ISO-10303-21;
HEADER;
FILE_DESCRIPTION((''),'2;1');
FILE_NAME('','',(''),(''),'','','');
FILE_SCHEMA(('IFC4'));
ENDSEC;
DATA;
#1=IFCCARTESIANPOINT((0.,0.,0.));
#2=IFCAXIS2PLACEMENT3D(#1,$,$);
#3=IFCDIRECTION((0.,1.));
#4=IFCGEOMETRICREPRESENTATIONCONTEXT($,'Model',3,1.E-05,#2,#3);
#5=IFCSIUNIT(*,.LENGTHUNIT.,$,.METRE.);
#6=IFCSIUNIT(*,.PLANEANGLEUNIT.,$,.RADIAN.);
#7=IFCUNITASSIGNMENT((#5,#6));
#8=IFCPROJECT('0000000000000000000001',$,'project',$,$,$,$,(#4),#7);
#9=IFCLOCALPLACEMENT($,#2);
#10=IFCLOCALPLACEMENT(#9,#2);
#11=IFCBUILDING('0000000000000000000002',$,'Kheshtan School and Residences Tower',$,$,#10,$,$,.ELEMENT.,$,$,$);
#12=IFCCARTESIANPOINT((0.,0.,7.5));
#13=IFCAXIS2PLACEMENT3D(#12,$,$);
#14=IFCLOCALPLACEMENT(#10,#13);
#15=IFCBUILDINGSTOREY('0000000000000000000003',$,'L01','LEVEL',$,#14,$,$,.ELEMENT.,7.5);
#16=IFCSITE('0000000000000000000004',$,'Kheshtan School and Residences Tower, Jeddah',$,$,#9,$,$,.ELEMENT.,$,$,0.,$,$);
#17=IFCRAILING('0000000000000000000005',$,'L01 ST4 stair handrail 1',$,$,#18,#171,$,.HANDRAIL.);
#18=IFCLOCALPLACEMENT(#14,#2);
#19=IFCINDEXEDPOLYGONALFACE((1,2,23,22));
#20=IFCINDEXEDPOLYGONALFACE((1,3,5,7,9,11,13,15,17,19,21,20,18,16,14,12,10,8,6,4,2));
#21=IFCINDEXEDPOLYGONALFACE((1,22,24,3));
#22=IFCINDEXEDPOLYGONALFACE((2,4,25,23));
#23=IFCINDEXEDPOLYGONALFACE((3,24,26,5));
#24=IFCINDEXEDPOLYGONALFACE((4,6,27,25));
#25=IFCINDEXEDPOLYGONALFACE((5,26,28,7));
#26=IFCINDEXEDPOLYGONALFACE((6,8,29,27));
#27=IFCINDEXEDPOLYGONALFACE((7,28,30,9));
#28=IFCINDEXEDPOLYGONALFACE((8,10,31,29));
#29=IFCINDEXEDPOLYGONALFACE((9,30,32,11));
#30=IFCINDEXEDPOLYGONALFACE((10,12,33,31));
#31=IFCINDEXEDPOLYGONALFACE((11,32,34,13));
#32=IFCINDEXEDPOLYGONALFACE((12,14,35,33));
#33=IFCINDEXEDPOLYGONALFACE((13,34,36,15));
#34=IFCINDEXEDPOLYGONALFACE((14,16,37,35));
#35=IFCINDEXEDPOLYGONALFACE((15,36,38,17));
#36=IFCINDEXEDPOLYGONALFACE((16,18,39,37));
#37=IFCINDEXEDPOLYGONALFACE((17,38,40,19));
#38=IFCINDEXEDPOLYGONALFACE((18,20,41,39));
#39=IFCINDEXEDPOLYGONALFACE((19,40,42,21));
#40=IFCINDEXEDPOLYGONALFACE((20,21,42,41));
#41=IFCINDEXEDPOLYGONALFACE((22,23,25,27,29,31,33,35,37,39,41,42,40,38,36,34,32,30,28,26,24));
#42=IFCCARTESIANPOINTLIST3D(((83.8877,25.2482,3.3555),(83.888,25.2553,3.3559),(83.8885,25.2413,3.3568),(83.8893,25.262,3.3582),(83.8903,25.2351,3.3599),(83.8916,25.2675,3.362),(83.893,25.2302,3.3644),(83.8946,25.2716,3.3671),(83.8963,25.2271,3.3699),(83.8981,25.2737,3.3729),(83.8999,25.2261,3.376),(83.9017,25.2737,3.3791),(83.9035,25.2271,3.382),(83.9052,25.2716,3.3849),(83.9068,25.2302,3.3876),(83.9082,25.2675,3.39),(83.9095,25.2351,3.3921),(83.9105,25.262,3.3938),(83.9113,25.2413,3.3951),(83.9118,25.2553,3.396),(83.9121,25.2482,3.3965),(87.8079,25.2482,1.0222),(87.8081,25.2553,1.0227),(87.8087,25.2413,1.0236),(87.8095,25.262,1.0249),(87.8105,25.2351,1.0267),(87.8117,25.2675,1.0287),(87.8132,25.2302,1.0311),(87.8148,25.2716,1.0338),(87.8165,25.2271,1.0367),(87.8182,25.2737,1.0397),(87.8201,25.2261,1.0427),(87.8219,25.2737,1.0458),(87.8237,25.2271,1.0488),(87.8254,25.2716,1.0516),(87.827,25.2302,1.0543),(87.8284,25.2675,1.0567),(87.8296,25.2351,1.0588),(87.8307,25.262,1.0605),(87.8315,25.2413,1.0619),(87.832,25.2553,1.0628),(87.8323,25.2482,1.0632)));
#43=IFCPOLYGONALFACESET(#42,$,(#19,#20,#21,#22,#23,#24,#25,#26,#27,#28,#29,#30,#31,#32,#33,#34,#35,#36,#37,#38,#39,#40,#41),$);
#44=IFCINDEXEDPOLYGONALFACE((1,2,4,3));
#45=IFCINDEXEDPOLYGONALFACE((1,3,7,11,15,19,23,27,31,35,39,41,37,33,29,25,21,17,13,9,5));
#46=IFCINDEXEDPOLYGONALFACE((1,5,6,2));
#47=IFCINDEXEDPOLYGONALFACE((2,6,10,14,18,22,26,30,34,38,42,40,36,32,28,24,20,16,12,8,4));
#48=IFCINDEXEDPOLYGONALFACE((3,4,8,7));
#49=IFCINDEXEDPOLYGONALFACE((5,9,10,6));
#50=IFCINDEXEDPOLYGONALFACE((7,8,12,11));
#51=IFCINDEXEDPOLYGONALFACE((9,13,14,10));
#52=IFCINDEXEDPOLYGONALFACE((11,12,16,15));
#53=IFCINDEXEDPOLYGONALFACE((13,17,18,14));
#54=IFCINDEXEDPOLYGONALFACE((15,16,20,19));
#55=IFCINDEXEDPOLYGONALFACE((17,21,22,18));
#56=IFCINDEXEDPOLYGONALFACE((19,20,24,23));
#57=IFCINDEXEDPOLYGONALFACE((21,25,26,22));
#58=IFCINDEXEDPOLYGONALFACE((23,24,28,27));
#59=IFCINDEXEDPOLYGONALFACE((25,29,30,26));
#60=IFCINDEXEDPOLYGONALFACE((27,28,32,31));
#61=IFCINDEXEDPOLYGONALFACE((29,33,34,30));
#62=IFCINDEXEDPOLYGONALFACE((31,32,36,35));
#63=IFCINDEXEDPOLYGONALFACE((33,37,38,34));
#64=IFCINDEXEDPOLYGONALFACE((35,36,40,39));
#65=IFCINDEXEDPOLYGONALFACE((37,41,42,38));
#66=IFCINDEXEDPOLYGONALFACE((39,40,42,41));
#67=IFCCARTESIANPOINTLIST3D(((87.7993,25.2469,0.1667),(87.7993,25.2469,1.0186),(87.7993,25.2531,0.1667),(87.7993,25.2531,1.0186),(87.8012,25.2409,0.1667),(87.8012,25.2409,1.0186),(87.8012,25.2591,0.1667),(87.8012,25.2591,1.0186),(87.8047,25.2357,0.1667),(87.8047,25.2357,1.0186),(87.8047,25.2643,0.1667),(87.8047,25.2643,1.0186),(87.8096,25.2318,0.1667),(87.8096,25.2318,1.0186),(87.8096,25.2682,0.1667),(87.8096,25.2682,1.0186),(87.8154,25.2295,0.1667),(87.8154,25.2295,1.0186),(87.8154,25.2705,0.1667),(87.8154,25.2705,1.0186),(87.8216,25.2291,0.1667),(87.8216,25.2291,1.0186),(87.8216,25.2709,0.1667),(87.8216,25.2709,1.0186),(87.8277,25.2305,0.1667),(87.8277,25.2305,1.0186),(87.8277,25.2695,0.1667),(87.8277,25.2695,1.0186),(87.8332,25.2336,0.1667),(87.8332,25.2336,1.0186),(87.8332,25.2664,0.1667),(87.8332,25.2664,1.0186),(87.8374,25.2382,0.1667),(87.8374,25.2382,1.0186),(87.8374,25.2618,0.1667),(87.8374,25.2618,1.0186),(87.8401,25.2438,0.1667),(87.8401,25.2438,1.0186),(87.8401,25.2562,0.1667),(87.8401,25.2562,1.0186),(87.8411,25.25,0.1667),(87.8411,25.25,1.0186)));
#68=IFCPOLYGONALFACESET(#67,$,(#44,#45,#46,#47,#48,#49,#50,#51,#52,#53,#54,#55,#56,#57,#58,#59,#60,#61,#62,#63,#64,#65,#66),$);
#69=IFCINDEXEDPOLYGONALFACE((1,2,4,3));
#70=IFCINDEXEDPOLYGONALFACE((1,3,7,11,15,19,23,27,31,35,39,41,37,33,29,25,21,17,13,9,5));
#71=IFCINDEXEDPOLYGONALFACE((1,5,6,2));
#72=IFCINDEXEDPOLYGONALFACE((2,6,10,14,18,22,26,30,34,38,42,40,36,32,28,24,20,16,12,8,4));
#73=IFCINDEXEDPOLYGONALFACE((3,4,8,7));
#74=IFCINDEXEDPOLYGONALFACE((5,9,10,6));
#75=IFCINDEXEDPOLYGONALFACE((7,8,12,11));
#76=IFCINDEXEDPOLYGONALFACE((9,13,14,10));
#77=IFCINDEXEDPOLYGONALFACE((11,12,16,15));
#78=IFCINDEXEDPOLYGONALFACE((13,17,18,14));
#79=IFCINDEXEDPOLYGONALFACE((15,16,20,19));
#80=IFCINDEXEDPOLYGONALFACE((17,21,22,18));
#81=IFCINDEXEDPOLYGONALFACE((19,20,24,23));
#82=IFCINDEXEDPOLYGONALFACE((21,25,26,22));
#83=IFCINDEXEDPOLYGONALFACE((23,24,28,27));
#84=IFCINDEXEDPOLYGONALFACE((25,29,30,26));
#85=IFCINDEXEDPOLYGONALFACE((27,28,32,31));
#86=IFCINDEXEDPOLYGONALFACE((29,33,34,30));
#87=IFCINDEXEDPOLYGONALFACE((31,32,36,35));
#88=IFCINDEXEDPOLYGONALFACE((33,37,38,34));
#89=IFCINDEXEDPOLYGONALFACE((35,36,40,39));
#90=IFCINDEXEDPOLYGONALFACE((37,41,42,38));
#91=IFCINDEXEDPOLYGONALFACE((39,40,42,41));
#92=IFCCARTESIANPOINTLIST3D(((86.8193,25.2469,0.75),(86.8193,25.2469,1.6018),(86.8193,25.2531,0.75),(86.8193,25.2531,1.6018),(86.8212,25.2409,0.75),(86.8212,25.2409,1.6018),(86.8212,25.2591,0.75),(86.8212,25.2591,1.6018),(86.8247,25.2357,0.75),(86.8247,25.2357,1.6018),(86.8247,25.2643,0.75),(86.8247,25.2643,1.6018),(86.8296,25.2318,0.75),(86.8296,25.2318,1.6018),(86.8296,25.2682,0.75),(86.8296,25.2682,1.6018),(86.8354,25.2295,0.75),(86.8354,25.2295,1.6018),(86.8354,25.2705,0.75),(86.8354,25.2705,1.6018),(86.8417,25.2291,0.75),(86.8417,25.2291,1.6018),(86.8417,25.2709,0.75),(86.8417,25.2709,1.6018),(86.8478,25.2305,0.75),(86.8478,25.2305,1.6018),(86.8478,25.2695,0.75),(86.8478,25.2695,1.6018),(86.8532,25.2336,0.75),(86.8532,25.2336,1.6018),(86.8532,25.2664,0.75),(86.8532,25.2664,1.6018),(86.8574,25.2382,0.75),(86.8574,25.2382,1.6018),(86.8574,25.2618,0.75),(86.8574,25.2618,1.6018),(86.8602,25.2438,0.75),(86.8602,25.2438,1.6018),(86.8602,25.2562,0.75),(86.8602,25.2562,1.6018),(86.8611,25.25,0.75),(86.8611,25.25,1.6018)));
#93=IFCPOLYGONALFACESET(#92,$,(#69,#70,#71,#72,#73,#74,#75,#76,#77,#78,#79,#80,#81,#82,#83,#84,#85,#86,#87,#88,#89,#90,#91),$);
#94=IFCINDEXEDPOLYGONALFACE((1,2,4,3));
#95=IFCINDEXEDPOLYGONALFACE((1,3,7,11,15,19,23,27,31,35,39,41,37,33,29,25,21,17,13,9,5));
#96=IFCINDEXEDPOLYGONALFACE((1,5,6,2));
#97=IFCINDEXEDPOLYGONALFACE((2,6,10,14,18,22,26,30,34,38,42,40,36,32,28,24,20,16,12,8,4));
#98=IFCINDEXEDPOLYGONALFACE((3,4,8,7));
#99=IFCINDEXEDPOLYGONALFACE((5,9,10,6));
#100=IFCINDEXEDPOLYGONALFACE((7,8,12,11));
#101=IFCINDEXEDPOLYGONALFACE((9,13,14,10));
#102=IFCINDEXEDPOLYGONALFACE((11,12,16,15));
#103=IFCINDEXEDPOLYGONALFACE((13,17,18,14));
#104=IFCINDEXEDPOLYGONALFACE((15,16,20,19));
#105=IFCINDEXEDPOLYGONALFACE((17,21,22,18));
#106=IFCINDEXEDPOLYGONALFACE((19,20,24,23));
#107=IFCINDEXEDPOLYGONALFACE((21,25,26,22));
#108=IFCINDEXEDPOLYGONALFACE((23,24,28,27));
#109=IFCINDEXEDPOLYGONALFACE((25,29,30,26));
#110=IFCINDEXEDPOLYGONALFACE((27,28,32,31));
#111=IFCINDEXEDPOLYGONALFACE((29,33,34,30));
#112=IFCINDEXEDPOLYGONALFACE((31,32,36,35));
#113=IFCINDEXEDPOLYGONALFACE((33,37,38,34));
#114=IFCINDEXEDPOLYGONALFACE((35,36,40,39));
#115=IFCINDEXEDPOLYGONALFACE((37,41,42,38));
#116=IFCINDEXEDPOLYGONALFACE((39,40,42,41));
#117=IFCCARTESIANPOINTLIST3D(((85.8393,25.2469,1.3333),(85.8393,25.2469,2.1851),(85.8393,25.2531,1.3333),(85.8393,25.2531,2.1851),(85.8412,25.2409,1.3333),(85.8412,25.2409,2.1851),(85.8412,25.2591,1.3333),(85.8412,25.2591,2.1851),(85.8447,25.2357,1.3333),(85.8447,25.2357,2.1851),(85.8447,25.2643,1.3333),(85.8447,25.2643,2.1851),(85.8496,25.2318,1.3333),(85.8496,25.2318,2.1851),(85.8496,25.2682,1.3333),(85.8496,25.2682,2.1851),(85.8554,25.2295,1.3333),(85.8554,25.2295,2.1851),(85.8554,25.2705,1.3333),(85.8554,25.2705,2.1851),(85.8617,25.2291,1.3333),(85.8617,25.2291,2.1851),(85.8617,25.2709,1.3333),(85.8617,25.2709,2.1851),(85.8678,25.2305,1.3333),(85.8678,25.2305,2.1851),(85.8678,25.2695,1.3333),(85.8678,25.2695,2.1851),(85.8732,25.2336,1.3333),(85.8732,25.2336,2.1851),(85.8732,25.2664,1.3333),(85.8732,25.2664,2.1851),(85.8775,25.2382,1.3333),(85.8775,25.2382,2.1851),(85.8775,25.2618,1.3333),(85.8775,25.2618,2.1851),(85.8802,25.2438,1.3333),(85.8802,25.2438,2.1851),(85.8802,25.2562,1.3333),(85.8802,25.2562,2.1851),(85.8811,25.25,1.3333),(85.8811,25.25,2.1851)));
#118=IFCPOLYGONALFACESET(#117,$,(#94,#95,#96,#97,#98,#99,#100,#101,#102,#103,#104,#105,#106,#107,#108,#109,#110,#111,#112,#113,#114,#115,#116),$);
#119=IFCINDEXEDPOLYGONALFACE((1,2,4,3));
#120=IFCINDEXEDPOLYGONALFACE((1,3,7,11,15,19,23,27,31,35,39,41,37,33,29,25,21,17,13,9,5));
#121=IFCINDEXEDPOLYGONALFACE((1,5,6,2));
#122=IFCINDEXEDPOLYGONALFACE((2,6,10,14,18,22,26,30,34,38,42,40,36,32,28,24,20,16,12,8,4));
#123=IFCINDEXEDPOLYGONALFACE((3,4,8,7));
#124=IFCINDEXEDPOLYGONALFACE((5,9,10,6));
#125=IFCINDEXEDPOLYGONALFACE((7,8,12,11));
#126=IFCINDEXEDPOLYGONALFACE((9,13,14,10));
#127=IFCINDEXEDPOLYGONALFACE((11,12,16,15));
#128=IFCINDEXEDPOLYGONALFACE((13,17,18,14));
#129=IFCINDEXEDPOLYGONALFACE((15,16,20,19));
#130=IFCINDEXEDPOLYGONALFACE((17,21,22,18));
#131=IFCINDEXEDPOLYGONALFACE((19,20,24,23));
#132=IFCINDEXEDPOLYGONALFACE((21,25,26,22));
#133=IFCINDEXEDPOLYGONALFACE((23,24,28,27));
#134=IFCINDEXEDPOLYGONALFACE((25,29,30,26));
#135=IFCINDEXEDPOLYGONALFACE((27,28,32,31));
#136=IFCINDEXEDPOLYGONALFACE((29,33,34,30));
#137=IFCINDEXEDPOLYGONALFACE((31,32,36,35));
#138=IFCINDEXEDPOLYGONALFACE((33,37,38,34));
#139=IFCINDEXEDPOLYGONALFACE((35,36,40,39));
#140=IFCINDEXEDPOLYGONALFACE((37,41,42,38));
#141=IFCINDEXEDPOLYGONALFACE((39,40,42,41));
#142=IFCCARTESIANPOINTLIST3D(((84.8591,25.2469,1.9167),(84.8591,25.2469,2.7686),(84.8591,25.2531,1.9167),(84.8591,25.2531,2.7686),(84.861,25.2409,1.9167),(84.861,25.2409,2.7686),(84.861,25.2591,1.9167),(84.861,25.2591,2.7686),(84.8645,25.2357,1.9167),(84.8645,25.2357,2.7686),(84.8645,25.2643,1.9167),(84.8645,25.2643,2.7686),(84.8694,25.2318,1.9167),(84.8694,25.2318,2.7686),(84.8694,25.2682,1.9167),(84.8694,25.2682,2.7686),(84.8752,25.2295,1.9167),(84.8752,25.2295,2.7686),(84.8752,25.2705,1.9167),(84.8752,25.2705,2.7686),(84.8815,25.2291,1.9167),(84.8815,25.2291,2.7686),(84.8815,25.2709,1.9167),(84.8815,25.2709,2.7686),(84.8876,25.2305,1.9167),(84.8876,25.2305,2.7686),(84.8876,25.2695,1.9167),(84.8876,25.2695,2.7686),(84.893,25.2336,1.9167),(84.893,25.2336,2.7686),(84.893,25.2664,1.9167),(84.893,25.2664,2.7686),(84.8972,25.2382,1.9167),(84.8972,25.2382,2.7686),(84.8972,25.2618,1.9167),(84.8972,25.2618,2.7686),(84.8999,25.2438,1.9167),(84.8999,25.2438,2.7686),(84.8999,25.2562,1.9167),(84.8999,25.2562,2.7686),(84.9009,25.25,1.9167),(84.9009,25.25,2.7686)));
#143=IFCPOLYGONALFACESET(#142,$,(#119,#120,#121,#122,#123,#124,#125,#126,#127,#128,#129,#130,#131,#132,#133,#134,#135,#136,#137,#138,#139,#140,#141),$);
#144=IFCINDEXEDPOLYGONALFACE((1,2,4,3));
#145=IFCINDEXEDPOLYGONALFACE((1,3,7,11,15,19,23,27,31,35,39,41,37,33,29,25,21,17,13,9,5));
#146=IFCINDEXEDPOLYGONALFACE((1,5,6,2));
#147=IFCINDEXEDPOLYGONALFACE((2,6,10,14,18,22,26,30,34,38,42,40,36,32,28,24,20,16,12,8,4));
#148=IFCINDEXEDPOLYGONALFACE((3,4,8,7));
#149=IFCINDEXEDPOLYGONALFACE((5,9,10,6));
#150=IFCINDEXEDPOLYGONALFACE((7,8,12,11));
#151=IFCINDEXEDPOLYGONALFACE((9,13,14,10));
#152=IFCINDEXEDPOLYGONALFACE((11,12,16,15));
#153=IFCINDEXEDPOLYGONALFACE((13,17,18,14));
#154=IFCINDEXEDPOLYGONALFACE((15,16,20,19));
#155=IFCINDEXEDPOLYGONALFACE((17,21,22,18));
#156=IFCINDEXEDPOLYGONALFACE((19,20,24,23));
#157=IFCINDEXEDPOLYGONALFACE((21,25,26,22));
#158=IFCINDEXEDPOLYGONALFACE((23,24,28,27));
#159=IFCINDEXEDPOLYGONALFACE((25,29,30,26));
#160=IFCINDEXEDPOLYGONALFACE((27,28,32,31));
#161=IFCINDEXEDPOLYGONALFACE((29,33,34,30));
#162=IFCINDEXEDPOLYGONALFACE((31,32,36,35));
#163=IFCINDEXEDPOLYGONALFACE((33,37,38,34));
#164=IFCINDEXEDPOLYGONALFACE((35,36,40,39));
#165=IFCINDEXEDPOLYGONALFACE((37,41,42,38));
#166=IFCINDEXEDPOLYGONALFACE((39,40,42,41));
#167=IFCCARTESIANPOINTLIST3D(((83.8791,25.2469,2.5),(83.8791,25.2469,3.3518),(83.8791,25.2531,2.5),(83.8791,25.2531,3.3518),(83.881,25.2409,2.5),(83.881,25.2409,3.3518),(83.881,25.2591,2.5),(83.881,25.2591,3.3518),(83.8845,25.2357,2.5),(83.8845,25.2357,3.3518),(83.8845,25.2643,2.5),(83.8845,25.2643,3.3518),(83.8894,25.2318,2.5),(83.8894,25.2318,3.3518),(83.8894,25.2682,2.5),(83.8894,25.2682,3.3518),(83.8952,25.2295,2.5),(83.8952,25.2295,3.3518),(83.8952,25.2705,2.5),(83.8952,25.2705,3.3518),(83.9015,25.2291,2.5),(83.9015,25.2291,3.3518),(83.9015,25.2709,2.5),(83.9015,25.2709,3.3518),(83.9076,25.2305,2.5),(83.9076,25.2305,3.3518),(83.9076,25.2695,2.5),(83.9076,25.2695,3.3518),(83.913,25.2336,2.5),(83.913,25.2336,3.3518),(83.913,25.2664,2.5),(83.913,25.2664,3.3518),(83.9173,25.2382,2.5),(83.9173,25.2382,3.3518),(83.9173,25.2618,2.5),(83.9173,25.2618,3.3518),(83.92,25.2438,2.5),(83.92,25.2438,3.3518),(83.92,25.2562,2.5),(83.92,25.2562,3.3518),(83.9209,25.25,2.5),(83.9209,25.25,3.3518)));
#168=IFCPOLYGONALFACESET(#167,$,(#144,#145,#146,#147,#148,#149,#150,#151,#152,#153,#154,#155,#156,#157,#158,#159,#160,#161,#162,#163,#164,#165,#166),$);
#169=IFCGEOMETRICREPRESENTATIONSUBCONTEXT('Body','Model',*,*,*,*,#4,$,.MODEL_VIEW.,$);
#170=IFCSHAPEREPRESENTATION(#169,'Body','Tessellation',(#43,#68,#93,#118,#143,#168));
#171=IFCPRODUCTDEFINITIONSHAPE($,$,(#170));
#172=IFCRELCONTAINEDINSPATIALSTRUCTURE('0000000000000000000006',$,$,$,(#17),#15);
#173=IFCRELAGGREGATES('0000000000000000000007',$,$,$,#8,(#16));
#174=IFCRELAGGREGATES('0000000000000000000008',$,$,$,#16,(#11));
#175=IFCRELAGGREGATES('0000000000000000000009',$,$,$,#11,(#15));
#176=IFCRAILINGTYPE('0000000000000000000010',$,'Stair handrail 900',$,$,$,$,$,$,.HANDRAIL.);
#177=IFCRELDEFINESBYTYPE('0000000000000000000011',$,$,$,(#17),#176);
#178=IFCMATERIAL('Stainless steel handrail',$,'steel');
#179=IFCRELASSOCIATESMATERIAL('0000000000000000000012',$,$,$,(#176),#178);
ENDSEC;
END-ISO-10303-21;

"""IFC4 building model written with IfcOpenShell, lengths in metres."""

from ifc_helpers import new_model, si_unit, direction, frame, origin, origin_2d, place, context, subcontext, project, spatial, circle, extrude, material, type_object, element, save


model = new_model("IFC4")

# Units and contexts
model_context = context("Model", 3, precision=1e-05, world=origin(), true_north=direction((0.0, 1.0)))
body_context = subcontext(model_context, "Body", "Model", "MODEL_VIEW")
ifc_project = project(units=[si_unit("LENGTHUNIT", "METRE"), si_unit("PLANEANGLEUNIT", "RADIAN")], contexts=[model_context])

# Site, building, storey
site_placement = place(None, origin())
site = spatial("IfcSite", under=ifc_project, at=site_placement, Name="Kheshtan School and Residences Tower, Jeddah", CompositionType="ELEMENT", RefElevation=0.0)
building_placement = place(site_placement, origin())
building = spatial("IfcBuilding", under=site, at=building_placement, Name="Kheshtan School and Residences Tower", CompositionType="ELEMENT")
storey_placement = place(building_placement, frame((0.0, 0.0, 7.5)))
storey = spatial("IfcBuildingStorey", under=building, at=storey_placement, Name="L01", Description="LEVEL", CompositionType="ELEMENT", Elevation=7.5)

# Railing
ifc_material_1 = material(Name="Stainless steel handrail", Category="steel")
railing_type_1 = type_object("IfcRailingType", Name="Stair handrail 900", PredefinedType="HANDRAIL", material=ifc_material_1)
railing_1_placement = place(storey_placement, frame((87.8201, 25.25, 0.1667)))
element("IfcRailing", 1, at=railing_1_placement, inside=storey, type_object=railing_type_1, Name="L01 ST4 stair handrail 1", PredefinedType="HANDRAIL", context=body_context, shape_type="SweptSolid", body=[
    extrude(circle(Radius=0.0239, at=origin_2d()), frame((0.0, 0.0, 0.876), z_axis=(-0.85931, 0.0, 0.511455), x_axis=(0.0, -1.0, 0.0)), (0.0, 0.0, 1.0), 4.562),
    extrude(circle(Radius=0.021, at=origin_2d()), origin(), (0.0, 0.0, 1.0), 0.8518),
    extrude(circle(Radius=0.021, at=origin_2d()), frame((-0.98, 0.0, 0.5833)), (0.0, 0.0, 1.0), 0.8518),
    extrude(circle(Radius=0.021, at=origin_2d()), frame((-1.96, 0.0, 1.1665)), (0.0, 0.0, 1.0), 0.8518),
    extrude(circle(Radius=0.021, at=origin_2d()), frame((-2.9402, 0.0, 1.75)), (0.0, 0.0, 1.0), 0.8518),
    extrude(circle(Radius=0.021, at=origin_2d()), frame((-3.9202, 0.0, 2.3333)), (0.0, 0.0, 1.0), 0.8518),
])

save(model, "model.ifc")
